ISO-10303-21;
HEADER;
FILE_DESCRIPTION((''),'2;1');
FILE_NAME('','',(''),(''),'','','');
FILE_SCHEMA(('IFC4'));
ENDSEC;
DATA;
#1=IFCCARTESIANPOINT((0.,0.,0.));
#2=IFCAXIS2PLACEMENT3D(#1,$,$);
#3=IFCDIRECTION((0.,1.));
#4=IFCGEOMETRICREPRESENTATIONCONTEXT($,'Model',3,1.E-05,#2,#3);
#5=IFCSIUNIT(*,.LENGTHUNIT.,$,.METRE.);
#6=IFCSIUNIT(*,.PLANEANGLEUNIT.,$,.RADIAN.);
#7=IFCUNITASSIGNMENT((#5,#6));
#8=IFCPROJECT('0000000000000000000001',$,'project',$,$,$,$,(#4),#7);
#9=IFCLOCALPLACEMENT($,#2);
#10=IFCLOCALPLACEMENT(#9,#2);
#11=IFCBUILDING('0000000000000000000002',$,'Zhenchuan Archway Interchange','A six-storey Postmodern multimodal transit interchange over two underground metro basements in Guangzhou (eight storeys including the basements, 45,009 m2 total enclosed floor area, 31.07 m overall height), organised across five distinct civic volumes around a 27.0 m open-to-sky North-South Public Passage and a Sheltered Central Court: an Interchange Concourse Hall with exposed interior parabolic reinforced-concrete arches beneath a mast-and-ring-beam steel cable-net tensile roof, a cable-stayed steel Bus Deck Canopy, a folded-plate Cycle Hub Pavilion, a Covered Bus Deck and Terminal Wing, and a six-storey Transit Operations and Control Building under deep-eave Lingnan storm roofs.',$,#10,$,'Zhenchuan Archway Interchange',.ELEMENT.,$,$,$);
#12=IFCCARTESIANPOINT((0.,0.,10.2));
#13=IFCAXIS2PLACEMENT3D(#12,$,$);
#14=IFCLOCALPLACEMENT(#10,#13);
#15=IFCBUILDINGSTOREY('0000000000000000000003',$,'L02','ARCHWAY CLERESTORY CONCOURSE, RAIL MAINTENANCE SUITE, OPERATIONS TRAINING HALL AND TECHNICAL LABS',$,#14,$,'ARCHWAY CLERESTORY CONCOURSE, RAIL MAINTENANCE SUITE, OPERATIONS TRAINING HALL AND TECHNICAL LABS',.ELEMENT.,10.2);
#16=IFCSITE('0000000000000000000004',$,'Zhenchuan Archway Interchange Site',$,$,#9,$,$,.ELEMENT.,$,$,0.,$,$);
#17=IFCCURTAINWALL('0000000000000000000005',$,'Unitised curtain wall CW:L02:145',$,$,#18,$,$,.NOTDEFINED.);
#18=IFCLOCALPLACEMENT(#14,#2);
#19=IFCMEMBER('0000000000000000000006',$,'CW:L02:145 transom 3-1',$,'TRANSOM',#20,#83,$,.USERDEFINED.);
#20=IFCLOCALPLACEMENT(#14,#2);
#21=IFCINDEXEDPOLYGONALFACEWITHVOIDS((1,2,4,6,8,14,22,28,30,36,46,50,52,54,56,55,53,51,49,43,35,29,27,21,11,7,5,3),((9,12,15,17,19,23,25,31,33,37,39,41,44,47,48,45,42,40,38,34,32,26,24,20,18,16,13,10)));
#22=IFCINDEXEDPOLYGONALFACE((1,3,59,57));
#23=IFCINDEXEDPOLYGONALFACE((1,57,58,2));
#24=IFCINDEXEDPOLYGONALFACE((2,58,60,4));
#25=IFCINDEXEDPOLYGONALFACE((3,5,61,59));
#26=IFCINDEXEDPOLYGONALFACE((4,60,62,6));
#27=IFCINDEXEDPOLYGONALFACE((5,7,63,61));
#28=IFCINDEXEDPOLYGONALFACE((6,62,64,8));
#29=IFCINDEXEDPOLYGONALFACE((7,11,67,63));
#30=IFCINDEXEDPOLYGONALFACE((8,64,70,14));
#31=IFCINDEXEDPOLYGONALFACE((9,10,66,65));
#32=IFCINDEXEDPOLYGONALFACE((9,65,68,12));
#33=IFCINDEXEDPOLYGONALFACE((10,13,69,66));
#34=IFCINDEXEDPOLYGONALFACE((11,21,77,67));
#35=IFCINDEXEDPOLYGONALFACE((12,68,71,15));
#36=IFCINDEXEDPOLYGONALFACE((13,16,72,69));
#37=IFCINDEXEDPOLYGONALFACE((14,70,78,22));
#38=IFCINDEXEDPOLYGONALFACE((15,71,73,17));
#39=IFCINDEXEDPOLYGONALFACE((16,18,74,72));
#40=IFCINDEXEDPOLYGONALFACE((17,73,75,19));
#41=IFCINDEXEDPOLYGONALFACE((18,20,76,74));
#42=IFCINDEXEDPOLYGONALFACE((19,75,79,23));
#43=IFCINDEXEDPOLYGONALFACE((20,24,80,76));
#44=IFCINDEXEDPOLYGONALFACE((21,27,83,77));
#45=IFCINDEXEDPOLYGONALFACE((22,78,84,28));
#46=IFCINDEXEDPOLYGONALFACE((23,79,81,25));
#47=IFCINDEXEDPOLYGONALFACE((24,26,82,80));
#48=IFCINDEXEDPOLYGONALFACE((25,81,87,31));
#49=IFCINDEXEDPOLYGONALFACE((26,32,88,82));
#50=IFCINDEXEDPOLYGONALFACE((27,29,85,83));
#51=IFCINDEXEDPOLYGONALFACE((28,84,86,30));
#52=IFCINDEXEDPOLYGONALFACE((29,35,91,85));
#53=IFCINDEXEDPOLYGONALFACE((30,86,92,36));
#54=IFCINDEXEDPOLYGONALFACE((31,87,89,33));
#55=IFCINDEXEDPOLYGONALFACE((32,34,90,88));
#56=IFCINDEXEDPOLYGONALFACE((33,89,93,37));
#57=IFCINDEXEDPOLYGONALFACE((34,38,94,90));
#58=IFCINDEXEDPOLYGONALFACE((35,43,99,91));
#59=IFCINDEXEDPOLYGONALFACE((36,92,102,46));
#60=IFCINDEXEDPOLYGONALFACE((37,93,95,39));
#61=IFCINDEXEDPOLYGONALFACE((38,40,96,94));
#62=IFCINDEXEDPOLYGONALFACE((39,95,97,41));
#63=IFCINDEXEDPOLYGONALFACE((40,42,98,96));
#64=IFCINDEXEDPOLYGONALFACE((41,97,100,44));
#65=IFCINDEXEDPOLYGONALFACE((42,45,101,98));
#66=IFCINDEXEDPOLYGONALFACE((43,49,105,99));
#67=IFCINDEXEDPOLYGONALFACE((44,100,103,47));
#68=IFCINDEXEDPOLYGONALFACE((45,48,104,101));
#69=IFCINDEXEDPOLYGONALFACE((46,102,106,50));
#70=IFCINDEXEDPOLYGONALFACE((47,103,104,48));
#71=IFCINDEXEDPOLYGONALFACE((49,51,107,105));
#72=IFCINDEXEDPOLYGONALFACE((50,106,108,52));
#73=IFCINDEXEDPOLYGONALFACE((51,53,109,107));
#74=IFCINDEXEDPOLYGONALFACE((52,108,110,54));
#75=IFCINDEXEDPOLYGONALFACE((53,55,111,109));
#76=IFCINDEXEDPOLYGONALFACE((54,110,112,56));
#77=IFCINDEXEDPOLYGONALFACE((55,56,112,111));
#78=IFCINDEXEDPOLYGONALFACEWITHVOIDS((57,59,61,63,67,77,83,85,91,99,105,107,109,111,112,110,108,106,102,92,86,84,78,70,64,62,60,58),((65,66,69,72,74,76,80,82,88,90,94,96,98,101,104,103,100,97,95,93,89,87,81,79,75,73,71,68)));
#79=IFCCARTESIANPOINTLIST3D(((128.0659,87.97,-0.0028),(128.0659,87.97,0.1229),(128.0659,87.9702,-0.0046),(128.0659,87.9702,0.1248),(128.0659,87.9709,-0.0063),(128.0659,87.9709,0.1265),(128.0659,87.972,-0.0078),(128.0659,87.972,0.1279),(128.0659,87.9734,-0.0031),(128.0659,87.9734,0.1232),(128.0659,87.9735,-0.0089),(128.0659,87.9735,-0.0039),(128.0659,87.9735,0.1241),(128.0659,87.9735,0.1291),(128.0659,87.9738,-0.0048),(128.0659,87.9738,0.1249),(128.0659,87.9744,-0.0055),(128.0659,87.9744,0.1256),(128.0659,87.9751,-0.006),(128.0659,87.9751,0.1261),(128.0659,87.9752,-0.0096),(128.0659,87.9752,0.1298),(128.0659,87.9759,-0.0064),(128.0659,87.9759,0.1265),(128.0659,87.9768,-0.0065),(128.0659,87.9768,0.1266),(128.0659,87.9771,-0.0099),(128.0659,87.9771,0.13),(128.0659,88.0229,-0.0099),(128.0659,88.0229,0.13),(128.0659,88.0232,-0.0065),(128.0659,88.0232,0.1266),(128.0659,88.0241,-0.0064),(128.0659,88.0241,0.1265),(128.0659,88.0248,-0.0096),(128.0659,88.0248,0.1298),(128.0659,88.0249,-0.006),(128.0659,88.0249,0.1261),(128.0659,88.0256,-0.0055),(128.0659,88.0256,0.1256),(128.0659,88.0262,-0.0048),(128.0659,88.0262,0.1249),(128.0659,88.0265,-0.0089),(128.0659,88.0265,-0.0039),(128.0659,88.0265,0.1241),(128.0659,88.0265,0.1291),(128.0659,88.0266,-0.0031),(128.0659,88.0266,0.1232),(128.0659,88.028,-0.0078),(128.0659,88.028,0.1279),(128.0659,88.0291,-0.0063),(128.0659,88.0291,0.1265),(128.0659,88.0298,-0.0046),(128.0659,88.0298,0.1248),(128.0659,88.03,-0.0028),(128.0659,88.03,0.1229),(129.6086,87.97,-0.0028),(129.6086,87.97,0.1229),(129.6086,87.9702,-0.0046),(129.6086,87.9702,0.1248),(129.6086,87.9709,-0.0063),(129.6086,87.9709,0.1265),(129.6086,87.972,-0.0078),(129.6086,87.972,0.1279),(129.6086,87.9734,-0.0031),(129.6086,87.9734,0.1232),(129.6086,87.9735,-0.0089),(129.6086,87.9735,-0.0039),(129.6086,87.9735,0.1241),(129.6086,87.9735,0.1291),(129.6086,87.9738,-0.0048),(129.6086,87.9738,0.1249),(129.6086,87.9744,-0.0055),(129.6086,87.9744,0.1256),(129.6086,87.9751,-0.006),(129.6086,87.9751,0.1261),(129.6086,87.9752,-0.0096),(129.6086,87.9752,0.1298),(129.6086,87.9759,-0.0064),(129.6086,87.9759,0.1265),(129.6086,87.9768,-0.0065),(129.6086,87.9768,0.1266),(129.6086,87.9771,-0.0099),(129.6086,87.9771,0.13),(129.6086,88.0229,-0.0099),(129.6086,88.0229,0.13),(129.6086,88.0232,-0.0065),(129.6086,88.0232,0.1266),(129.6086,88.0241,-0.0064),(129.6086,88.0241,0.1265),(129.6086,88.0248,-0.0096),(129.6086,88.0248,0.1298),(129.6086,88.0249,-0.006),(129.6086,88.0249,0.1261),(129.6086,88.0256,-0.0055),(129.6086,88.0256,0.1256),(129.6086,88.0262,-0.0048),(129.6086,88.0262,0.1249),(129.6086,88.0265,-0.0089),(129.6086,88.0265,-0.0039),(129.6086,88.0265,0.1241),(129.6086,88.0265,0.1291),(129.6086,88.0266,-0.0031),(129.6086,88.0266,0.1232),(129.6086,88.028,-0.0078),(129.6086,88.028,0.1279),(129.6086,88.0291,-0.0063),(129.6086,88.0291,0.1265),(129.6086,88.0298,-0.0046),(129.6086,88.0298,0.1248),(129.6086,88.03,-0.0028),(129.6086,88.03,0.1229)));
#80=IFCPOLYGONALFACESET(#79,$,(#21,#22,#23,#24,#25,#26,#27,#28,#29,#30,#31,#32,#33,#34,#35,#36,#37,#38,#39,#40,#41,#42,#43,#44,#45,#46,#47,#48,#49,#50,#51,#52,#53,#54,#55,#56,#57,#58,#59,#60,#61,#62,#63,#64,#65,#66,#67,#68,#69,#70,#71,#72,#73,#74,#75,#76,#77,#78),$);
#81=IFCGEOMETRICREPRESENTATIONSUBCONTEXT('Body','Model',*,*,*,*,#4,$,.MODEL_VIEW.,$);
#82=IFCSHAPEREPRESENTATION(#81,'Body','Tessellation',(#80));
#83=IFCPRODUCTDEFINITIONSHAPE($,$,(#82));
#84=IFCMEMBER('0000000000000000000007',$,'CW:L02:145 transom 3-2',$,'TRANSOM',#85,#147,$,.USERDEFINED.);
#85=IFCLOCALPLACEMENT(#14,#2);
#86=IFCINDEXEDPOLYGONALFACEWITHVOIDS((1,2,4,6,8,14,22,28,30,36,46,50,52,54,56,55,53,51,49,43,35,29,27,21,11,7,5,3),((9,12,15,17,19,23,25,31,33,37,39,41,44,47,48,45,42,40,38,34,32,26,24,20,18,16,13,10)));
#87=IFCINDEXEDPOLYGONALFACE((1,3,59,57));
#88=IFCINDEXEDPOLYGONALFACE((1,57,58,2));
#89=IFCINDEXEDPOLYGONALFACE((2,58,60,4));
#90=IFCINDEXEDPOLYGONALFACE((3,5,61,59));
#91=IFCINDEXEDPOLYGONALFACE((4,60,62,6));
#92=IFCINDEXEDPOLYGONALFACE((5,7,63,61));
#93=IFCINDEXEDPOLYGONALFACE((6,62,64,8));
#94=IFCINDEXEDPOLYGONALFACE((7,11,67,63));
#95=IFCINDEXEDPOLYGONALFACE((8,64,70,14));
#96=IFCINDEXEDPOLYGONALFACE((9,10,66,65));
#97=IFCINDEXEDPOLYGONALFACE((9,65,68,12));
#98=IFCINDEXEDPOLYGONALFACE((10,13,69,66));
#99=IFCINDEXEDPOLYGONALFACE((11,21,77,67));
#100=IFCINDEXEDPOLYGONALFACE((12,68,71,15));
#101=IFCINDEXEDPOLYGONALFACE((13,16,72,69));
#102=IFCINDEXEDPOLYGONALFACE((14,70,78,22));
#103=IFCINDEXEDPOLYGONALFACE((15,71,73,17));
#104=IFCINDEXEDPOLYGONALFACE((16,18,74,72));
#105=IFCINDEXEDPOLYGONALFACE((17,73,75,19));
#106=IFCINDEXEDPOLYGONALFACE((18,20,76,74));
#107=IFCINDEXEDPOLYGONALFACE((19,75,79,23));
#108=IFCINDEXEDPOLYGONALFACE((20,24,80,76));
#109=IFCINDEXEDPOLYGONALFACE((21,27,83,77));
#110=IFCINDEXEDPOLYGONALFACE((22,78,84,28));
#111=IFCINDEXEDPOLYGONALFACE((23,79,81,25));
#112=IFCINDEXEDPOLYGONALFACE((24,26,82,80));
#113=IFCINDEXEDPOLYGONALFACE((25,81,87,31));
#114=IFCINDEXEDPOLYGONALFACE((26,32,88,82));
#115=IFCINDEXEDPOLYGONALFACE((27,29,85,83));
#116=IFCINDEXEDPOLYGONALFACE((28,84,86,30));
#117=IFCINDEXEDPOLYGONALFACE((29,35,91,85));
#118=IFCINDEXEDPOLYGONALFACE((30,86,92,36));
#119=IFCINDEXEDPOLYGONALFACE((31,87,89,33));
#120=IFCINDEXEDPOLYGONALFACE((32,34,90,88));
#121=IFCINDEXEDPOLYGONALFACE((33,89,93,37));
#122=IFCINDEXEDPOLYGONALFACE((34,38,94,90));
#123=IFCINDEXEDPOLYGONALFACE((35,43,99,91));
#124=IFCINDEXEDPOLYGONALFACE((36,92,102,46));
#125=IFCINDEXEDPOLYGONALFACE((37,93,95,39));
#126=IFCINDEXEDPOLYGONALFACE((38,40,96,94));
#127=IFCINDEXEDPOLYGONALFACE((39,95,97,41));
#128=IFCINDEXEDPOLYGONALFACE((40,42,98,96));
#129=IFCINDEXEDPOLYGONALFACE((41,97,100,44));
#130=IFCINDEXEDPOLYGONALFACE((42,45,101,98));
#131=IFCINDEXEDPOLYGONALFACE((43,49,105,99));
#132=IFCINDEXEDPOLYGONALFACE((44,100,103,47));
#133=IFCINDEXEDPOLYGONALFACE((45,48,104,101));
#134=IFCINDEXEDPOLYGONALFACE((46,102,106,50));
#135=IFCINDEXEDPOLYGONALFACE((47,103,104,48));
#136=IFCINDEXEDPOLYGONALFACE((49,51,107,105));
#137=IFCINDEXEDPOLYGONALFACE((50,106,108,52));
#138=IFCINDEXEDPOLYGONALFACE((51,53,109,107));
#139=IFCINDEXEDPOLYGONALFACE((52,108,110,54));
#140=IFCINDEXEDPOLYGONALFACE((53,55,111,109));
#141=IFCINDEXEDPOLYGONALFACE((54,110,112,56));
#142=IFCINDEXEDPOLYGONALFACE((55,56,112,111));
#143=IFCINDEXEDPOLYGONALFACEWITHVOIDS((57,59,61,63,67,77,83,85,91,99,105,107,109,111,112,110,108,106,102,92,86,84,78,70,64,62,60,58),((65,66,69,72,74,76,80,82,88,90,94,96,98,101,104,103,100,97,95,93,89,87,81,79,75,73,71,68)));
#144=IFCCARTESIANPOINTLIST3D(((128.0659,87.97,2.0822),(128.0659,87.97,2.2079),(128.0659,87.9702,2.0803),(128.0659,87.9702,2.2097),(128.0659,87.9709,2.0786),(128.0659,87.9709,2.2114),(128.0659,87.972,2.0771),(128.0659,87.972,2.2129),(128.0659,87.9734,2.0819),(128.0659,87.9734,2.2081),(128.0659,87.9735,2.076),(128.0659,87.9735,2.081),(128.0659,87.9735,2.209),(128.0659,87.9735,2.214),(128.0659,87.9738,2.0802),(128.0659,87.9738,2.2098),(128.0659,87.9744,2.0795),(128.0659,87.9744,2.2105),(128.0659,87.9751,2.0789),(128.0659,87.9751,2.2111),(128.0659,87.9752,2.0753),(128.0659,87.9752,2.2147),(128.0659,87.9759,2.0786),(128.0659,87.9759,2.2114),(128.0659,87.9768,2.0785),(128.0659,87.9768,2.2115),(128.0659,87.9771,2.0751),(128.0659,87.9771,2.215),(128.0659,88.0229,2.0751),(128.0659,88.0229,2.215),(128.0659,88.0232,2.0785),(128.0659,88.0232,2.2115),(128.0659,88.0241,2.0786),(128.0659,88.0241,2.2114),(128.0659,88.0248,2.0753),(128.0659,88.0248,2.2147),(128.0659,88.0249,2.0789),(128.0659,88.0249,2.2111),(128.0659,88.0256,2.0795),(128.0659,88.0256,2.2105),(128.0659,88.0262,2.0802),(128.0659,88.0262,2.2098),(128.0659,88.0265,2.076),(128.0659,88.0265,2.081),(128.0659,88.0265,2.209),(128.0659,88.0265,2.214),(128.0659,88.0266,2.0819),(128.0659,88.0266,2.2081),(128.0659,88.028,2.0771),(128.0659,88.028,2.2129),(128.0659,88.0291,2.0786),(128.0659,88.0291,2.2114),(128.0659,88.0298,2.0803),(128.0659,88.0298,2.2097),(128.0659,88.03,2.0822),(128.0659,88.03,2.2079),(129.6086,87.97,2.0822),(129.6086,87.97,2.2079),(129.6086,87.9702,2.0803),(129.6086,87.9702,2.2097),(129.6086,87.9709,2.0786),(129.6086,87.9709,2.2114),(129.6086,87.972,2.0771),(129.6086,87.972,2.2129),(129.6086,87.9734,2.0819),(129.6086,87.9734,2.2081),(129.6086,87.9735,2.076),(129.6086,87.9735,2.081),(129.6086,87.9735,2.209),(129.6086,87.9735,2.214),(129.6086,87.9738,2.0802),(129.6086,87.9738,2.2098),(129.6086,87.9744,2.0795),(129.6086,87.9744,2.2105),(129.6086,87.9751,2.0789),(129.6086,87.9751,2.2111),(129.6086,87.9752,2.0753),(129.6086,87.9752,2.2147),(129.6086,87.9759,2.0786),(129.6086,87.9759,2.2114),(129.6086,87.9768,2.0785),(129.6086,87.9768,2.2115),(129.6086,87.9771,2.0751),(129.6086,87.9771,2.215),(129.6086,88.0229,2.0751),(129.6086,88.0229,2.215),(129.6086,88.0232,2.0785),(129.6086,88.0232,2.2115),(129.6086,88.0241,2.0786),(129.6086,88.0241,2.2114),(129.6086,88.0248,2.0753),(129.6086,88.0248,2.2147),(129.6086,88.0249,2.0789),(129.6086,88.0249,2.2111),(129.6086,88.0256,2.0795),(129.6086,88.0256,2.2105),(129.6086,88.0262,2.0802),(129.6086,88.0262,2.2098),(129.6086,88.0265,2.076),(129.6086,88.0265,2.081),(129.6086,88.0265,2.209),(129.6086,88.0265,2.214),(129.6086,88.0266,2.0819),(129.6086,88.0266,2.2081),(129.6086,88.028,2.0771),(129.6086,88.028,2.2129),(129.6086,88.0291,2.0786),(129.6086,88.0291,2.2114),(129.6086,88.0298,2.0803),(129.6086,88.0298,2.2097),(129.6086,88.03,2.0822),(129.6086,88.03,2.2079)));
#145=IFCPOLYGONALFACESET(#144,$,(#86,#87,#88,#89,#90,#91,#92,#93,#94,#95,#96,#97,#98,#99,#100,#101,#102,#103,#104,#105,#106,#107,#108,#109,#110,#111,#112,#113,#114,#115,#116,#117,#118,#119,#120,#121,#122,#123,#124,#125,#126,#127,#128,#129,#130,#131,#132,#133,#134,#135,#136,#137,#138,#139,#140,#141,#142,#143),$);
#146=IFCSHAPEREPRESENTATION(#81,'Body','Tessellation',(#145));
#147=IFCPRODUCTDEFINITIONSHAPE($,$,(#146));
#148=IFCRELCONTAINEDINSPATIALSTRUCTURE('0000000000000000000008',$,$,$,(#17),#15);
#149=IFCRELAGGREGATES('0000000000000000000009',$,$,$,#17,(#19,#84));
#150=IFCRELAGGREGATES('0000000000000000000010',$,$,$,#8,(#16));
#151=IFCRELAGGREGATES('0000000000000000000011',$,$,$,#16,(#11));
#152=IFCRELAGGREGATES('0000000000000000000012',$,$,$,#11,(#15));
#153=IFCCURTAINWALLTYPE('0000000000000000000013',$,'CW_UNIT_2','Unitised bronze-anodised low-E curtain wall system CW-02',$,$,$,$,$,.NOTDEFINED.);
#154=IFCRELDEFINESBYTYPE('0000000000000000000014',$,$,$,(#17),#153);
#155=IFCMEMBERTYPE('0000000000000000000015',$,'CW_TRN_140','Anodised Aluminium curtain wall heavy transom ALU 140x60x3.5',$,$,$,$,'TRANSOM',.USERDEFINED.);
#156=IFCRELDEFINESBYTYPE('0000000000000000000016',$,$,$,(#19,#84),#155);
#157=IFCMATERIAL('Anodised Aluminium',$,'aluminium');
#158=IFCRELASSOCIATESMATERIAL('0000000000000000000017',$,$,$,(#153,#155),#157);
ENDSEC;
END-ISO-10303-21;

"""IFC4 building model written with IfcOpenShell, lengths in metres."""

from ifc_helpers import new_model, si_unit, direction, frame, origin, origin_2d, place, context, subcontext, project, spatial, hollow_rectangle, extrude, material, material_profile, profile_set, type_object, element, aggregate, save


model = new_model("IFC4")

# Units and contexts
model_context = context("Model", 3, precision=1e-05, world=origin(), true_north=direction((0.0, 1.0)))
body_context = subcontext(model_context, "Body", "Model", "MODEL_VIEW")
ifc_project = project(units=[si_unit("LENGTHUNIT", "METRE"), si_unit("PLANEANGLEUNIT", "RADIAN")], contexts=[model_context])

# Site, building, storey
site_placement = place(None, origin())
site = spatial("IfcSite", under=ifc_project, at=site_placement, Name="Zhenchuan Archway Interchange Site", CompositionType="ELEMENT", RefElevation=0.0)
building_placement = place(site_placement, origin())
building = spatial("IfcBuilding", under=site, at=building_placement, Name="Zhenchuan Archway Interchange", Description="A six-storey Postmodern multimodal transit interchange over two underground metro basements in Guangzhou (eight storeys including the basements, 45,009 m2 total enclosed floor area, 31.07 m overall height), organised across five distinct civic volumes around a 27.0 m open-to-sky North-South Public Passage and a Sheltered Central Court: an Interchange Concourse Hall with exposed interior parabolic reinforced-concrete arches beneath a mast-and-ring-beam steel cable-net tensile roof, a cable-stayed steel Bus Deck Canopy, a folded-plate Cycle Hub Pavilion, a Covered Bus Deck and Terminal Wing, and a six-storey Transit Operations and Control Building under deep-eave Lingnan storm roofs.", LongName="Zhenchuan Archway Interchange", CompositionType="ELEMENT")
storey_placement = place(building_placement, frame((0.0, 0.0, 10.2)))
storey = spatial("IfcBuildingStorey", under=building, at=storey_placement, Name="L02", Description="ARCHWAY CLERESTORY CONCOURSE, RAIL MAINTENANCE SUITE, OPERATIONS TRAINING HALL AND TECHNICAL LABS", LongName="ARCHWAY CLERESTORY CONCOURSE, RAIL MAINTENANCE SUITE, OPERATIONS TRAINING HALL AND TECHNICAL LABS", CompositionType="ELEMENT", Elevation=10.2)

# Curtain wall, members
ifc_material_1 = material(Name="Anodised Aluminium", Category="aluminium")
curtain_wall_type = type_object("IfcCurtainWallType", Name="CW_UNIT_2", Description="Unitised bronze-anodised low-E curtain wall system CW-02", PredefinedType="NOTDEFINED", material=ifc_material_1)
curtain_wall_placement = place(storey_placement, origin())
curtain_wall = element("IfcCurtainWall", 1, at=curtain_wall_placement, inside=storey, type_object=curtain_wall_type, Name="Unitised curtain wall CW:L02:145", PredefinedType="NOTDEFINED")
ifc_material_profile_1 = material_profile(ifc_material_1, hollow_rectangle(XDim=0.0601, YDim=0.1399, WallThickness=0.0034, InnerFilletRadius=0.0034, OuterFilletRadius=0.0071, at=origin_2d()), Name="ALU 140x60x3.5")
ifc_profile_set_1 = profile_set([ifc_material_profile_1], Name="Anodised Aluminium")
member_type_1 = type_object("IfcMemberType", Name="CW_TRN_140", Description="Anodised Aluminium curtain wall heavy transom ALU 140x60x3.5", ElementType="TRANSOM", PredefinedType="USERDEFINED", material=ifc_profile_set_1)
member_1_placement = place(storey_placement, frame((129.6086, 88.0, 0.0601), z_axis=(-1.0, 0.0, 0.0), x_axis=(0.0, -1.0, 0.0)))
member_1 = element("IfcMember", 2, at=member_1_placement, type_object=member_type_1, Name="CW:L02:145 transom 3-1", ObjectType="TRANSOM", PredefinedType="USERDEFINED", context=body_context, shape_type="SweptSolid", body=[
    extrude(hollow_rectangle(XDim=0.0601, YDim=0.1399, WallThickness=0.0034, InnerFilletRadius=0.0034, OuterFilletRadius=0.0071, at=origin_2d()), origin(), (0.0, 0.0, 1.0), 1.5427),
])
member_2_placement = place(storey_placement, frame((129.6086, 88.0, 2.145), z_axis=(-1.0, 0.0, 0.0), x_axis=(0.0, -1.0, 0.0)))
member_2 = element("IfcMember", 3, at=member_2_placement, type_object=member_type_1, Name="CW:L02:145 transom 3-2", ObjectType="TRANSOM", PredefinedType="USERDEFINED", context=body_context, shape_type="SweptSolid", body=[
    extrude(hollow_rectangle(XDim=0.0601, YDim=0.1399, WallThickness=0.0034, InnerFilletRadius=0.0034, OuterFilletRadius=0.0071, at=origin_2d()), origin(), (0.0, 0.0, 1.0), 1.5427),
])

aggregate(curtain_wall, [member_1, member_2])

save(model, "model.ifc")
